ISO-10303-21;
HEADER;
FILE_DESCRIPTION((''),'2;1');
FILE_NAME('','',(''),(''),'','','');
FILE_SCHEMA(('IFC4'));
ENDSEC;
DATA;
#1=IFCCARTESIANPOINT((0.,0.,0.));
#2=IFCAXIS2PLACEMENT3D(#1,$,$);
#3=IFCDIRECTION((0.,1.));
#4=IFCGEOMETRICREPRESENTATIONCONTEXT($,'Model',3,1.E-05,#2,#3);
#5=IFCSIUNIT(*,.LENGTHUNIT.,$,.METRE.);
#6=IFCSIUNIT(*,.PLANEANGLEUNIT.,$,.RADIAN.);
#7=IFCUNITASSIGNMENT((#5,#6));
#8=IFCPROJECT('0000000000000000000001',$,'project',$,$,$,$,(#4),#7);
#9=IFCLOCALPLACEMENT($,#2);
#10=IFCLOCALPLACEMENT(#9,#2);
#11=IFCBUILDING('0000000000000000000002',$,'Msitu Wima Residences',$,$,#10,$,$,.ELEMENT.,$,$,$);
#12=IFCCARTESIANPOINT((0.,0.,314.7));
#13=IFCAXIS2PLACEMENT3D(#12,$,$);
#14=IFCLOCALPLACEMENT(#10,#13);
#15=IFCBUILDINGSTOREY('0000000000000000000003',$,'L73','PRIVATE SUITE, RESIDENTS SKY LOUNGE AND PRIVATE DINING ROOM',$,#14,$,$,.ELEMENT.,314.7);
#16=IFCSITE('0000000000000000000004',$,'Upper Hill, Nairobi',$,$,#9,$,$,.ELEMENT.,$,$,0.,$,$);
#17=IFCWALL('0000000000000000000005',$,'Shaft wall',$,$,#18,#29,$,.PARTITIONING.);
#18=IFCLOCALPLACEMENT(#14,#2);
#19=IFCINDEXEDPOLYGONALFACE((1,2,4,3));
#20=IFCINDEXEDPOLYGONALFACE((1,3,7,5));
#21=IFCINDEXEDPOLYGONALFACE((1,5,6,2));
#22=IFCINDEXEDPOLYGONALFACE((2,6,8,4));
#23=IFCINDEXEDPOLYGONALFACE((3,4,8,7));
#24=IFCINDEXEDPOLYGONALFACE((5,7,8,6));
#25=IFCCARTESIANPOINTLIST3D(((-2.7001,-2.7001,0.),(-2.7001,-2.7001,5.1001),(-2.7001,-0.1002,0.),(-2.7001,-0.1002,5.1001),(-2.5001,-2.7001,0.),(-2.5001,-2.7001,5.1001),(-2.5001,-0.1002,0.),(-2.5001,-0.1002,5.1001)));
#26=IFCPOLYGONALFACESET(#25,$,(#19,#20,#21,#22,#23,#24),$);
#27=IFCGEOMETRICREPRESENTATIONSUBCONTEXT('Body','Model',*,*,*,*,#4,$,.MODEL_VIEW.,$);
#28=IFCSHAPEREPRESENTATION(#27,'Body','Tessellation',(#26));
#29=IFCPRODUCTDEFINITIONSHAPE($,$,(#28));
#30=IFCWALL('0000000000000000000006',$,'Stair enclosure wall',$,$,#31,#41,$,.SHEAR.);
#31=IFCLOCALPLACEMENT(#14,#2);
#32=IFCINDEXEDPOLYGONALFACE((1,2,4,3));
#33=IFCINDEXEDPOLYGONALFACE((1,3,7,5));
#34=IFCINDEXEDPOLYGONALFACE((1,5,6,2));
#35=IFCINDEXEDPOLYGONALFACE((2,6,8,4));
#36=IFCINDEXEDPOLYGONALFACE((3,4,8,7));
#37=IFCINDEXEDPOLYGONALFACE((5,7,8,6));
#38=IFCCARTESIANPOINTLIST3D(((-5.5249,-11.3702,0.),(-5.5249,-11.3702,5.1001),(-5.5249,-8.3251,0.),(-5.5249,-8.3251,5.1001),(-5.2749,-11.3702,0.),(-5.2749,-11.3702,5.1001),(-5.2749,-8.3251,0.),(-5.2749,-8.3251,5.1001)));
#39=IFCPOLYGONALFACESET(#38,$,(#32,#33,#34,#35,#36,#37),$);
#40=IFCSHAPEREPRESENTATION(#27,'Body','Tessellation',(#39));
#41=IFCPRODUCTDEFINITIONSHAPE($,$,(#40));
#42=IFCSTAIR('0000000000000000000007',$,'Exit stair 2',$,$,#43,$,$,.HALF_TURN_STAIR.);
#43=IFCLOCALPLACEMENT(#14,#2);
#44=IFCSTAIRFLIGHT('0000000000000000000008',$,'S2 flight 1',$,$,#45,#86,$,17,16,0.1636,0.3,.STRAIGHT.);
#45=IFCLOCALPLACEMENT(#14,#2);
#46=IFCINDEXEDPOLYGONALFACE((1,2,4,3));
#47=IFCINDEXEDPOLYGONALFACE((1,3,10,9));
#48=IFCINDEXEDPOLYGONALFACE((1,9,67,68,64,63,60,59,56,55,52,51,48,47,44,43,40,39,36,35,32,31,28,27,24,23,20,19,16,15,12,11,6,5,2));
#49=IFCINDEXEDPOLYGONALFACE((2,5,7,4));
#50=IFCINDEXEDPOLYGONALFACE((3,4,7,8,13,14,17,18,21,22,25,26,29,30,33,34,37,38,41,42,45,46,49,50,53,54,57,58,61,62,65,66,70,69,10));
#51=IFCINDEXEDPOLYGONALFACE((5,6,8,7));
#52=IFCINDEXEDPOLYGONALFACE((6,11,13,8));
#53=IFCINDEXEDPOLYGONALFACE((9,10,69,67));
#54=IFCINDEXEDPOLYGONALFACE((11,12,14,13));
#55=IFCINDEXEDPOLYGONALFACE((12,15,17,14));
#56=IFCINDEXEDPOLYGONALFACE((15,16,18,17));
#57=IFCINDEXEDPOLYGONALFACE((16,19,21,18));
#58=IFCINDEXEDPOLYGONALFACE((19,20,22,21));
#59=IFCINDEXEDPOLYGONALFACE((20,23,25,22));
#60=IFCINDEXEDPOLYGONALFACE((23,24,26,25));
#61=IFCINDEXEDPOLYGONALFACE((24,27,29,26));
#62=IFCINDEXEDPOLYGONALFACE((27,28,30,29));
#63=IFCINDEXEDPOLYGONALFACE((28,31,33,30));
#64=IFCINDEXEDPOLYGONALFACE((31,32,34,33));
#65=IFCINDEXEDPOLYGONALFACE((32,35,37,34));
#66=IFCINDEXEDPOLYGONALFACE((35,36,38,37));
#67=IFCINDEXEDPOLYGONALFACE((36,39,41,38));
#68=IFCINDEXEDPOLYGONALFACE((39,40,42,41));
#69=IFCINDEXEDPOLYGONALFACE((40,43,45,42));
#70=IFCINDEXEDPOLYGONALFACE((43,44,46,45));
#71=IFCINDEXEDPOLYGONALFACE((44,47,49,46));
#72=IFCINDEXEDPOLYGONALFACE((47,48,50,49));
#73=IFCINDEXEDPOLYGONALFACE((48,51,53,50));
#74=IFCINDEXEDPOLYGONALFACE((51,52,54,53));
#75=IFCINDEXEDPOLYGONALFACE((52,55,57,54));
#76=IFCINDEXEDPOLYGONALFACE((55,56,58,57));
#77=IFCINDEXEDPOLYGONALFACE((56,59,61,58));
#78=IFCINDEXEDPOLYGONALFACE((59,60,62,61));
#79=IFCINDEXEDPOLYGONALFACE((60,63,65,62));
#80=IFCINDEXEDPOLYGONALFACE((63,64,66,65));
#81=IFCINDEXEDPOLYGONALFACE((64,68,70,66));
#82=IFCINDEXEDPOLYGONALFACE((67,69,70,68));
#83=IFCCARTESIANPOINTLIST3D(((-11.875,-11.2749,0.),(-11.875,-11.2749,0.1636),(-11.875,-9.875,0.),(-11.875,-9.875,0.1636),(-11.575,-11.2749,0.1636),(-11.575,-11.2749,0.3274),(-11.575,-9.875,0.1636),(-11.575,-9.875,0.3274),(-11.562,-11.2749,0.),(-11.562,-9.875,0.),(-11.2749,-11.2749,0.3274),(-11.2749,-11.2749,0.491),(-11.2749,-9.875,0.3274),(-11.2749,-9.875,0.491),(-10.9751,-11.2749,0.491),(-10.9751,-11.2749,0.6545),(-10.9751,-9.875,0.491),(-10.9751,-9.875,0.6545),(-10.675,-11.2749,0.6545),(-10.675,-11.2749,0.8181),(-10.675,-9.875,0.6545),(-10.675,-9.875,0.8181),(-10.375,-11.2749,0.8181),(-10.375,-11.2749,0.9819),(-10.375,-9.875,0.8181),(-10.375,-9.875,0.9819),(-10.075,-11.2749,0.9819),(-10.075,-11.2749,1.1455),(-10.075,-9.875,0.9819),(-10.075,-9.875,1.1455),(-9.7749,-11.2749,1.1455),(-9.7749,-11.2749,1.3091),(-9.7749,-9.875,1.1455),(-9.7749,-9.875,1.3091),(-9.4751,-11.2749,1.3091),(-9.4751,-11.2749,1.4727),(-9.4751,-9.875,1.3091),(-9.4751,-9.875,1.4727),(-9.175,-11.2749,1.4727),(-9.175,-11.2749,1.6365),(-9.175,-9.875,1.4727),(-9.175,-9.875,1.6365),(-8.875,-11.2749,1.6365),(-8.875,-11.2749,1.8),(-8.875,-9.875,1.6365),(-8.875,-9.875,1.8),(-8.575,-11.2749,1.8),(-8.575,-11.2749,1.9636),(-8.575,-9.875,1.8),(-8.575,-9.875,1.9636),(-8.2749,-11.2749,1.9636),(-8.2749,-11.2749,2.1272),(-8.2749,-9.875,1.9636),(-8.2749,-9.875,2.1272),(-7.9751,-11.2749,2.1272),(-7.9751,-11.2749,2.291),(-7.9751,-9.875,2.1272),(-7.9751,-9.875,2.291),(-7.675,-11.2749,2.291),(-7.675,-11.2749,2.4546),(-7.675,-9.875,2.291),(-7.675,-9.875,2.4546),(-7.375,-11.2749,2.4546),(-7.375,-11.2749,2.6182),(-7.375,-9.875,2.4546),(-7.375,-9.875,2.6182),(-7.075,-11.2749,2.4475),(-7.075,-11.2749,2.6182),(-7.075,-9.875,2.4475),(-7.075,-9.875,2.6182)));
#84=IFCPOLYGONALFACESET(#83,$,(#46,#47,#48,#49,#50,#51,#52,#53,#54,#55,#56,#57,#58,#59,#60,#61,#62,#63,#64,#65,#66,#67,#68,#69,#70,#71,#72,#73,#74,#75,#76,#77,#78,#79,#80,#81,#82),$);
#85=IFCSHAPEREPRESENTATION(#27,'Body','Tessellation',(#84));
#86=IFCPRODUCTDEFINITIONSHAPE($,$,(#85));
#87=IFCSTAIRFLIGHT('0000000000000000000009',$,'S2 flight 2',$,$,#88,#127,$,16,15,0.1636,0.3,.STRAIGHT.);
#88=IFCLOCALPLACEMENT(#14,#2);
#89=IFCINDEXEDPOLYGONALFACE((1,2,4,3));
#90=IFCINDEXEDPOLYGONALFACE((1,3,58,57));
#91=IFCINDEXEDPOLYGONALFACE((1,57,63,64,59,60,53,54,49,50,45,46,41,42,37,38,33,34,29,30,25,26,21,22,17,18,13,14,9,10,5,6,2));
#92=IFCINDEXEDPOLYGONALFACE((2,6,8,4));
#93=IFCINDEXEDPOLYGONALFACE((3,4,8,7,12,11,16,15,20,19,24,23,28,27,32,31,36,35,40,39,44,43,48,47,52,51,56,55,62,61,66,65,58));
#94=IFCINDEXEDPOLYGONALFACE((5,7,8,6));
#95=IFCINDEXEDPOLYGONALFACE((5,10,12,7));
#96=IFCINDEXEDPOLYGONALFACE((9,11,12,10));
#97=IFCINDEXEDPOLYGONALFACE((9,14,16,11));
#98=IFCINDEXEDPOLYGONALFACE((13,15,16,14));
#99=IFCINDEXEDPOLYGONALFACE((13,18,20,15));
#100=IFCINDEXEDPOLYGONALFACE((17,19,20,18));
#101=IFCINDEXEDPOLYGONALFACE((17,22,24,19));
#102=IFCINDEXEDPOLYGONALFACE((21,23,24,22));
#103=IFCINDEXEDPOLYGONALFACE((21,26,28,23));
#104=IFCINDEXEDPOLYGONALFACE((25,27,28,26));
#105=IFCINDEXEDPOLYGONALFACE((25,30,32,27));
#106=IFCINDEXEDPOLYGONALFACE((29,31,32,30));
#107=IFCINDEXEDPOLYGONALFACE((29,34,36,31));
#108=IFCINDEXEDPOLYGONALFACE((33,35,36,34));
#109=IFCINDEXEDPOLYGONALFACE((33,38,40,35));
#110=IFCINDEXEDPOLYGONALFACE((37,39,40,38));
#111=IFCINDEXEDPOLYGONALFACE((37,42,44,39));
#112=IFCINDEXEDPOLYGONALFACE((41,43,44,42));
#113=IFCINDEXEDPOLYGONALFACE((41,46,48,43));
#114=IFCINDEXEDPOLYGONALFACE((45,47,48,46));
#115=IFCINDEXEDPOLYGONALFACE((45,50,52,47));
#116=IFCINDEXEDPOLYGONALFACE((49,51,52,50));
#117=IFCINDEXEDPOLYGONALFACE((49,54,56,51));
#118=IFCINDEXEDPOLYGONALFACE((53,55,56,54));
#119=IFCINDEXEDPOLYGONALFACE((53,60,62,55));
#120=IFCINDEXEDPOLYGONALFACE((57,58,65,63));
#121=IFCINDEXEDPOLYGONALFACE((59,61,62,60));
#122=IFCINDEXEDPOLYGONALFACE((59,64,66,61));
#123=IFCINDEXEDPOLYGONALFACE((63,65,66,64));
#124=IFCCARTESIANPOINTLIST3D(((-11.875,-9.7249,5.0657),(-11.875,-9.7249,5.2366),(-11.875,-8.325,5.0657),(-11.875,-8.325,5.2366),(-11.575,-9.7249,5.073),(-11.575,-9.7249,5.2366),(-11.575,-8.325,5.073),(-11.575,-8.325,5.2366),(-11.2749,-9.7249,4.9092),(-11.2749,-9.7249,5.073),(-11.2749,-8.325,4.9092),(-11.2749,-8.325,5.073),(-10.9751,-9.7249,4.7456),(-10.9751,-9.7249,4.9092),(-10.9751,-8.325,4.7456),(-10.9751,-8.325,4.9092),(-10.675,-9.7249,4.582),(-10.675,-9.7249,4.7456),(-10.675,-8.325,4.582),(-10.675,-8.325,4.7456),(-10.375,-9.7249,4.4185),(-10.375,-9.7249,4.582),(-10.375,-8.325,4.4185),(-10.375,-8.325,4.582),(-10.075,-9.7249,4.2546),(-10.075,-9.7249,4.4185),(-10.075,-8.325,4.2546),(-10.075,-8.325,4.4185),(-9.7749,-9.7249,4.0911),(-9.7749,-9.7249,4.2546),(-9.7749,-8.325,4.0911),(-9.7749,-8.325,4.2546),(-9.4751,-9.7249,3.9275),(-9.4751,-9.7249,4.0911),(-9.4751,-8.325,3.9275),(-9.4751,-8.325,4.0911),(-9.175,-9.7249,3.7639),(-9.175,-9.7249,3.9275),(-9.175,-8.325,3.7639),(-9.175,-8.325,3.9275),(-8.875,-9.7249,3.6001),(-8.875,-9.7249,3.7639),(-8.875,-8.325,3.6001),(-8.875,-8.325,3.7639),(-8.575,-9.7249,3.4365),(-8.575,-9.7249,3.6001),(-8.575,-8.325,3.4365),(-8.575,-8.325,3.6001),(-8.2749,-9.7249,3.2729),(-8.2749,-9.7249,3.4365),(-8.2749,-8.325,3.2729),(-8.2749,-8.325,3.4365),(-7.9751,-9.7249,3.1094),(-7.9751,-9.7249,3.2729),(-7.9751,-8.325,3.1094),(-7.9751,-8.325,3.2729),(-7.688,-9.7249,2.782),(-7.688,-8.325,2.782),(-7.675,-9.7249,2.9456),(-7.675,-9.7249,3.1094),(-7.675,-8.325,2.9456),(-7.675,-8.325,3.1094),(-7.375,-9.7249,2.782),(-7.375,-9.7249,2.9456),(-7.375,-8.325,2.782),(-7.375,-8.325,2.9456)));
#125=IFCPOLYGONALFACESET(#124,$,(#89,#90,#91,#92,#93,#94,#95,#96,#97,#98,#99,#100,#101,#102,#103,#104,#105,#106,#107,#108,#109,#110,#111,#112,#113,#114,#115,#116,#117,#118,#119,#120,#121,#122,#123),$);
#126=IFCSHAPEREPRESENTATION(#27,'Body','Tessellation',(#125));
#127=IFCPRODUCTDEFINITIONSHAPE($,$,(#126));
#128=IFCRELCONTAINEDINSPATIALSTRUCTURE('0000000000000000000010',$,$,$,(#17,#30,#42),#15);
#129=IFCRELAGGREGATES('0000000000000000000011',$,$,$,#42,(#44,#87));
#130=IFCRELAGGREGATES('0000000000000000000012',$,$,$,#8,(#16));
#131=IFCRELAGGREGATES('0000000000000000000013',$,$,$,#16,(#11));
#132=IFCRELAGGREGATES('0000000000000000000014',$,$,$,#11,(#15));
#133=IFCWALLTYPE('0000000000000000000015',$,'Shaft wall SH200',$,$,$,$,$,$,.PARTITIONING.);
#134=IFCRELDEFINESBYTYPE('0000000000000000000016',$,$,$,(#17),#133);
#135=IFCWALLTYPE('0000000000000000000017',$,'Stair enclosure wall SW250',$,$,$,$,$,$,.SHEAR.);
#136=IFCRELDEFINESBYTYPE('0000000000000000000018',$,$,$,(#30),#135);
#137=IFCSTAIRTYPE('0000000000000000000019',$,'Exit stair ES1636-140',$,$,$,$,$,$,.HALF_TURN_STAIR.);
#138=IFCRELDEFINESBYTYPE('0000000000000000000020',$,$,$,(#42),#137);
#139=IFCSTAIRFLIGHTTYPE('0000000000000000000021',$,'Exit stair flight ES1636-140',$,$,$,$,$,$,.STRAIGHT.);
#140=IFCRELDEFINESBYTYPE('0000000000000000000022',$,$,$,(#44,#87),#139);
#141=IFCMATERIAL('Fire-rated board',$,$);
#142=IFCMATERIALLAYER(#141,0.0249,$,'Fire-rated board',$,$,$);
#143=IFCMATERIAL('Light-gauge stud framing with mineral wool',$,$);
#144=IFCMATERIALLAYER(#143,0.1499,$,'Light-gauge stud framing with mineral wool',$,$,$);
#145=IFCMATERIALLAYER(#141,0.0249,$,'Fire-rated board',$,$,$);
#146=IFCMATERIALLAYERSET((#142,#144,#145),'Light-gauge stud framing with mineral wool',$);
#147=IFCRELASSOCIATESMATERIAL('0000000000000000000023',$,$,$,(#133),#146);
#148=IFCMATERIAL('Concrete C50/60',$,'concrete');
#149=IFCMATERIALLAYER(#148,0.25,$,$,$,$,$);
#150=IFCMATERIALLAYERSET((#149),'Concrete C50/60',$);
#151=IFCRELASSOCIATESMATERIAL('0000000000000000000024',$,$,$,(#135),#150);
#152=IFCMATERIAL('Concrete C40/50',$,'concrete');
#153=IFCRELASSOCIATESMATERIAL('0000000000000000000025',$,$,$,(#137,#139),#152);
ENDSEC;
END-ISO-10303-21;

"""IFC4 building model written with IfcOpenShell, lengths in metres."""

from ifc_helpers import new_model, si_unit, direction, frame, frame_2d, origin, place, context, subcontext, project, spatial, polyline, rectangle, outline, extrude, material, layer, layer_set, type_object, element, aggregate, save


model = new_model("IFC4")

# Units and contexts
model_context = context("Model", 3, precision=1e-05, world=origin(), true_north=direction((0.0, 1.0)))
body_context = subcontext(model_context, "Body", "Model", "MODEL_VIEW")
ifc_project = project(units=[si_unit("LENGTHUNIT", "METRE"), si_unit("PLANEANGLEUNIT", "RADIAN")], contexts=[model_context])

# Site, building, storey
site_placement = place(None, origin())
site = spatial("IfcSite", under=ifc_project, at=site_placement, Name="Upper Hill, Nairobi", CompositionType="ELEMENT", RefElevation=0.0)
building_placement = place(site_placement, origin())
building = spatial("IfcBuilding", under=site, at=building_placement, Name="Msitu Wima Residences", CompositionType="ELEMENT")
storey_placement = place(building_placement, frame((0.0, 0.0, 314.7)))
storey = spatial("IfcBuildingStorey", under=building, at=storey_placement, Name="L73", Description="PRIVATE SUITE, RESIDENTS SKY LOUNGE AND PRIVATE DINING ROOM", CompositionType="ELEMENT", Elevation=314.7)

# Shared definitions
ifc_material_1 = material(Name="Concrete C40/50", Category="concrete")

# Shared definitions
ifc_material_2 = material(Name="Fire-rated board")
ifc_layer_1 = layer(ifc_material_2, 0.0249, Name="Fire-rated board")
ifc_material_3 = material(Name="Light-gauge stud framing with mineral wool")
ifc_layer_2 = layer(ifc_material_3, 0.1499, Name="Light-gauge stud framing with mineral wool")
ifc_layer_3 = layer(ifc_material_2, 0.0249, Name="Fire-rated board")
ifc_layer_set_1 = layer_set([ifc_layer_1, ifc_layer_2, ifc_layer_3], Name="Light-gauge stud framing with mineral wool")
wall_type_1 = type_object("IfcWallType", Name="Shaft wall SH200", PredefinedType="PARTITIONING", material=ifc_layer_set_1)

# Walls
for number, where, z_axis, x_axis, name in (
    (1, (-2.6001, -2.7, 0.0), (0.0, 0.0, 1.0), (0.0, 1.0, 0.0), "Shaft wall"),
):
    element("IfcWall", number, at=place(storey_placement, frame(where, z_axis=z_axis, x_axis=x_axis)), inside=storey, type_object=wall_type_1, Name=name, PredefinedType="PARTITIONING", context=body_context, shape_type="SweptSolid", body=[
        extrude(rectangle(XDim=2.5999, YDim=0.2, at=frame_2d((1.2998, 0.0))), origin(), (0.0, 0.0, 1.0), 5.1001),
    ])
ifc_material_4 = material(Name="Concrete C50/60", Category="concrete")
ifc_layer_4 = layer(ifc_material_4, 0.25)
ifc_layer_set_2 = layer_set([ifc_layer_4], Name="Concrete C50/60")
wall_type_2 = type_object("IfcWallType", Name="Stair enclosure wall SW250", PredefinedType="SHEAR", material=ifc_layer_set_2)
wall_1_placement = place(storey_placement, frame((-5.3999, -11.3701, 0.0), z_axis=(0.0, 0.0, 1.0), x_axis=(0.0, 1.0, 0.0)))
element("IfcWall", 2, at=wall_1_placement, inside=storey, type_object=wall_type_2, Name="Stair enclosure wall", PredefinedType="SHEAR", context=body_context, shape_type="SweptSolid", body=[
    extrude(rectangle(XDim=3.0452, YDim=0.25, at=frame_2d((1.5225, 0.0))), origin(), (0.0, 0.0, 1.0), 5.1001),
])

# Stair, stair flights
stair_type = type_object("IfcStairType", Name="Exit stair ES1636-140", PredefinedType="HALF_TURN_STAIR", material=ifc_material_1)
stair_placement = place(storey_placement, origin())
stair = element("IfcStair", 3, at=stair_placement, inside=storey, type_object=stair_type, Name="Exit stair 2", PredefinedType="HALF_TURN_STAIR")
stair_flight_type = type_object("IfcStairFlightType", Name="Exit stair flight ES1636-140", PredefinedType="STRAIGHT", material=ifc_material_1)
stair_flight_1_placement = place(storey_placement, frame((-11.875, -10.575, 0.0), z_axis=(0.0, 0.0, 1.0), x_axis=(1.0, 0.0, 0.0)))
stair_flight_1 = element("IfcStairFlight", 4, at=stair_flight_1_placement, type_object=stair_flight_type, Name="S2 flight 1", NumberOfRisers=17, NumberOfTreads=16, PredefinedType="STRAIGHT", RiserHeight=0.1636, TreadLength=0.3, context=body_context, shape_type="SweptSolid", body=[
    extrude(outline(polyline([(0.0, 0.0), (0.0, 0.1636), (0.3, 0.1636), (0.3, 0.3274), (0.6001, 0.3274), (0.6001, 0.491), (0.8999, 0.491), (0.8999, 0.6545), (1.2, 0.6545), (1.2, 0.8181), (1.5, 0.8181), (1.5, 0.9819), (1.8, 0.9819), (1.8, 1.1455), (2.1001, 1.1455), (2.1001, 1.3091), (2.3999, 1.3091), (2.3999, 1.4727), (2.7, 1.4727), (2.7, 1.6365), (3.0, 1.6365), (3.0, 1.8), (3.3, 1.8), (3.3, 1.9636), (3.6001, 1.9636), (3.6001, 2.1272), (3.8999, 2.1272), (3.8999, 2.291), (4.2, 2.291), (4.2, 2.4546), (4.5, 2.4546), (4.5, 2.6182), (4.8, 2.6182), (4.8, 2.7817), (4.8, 2.4475), (0.313, 0.0), (0.0, 0.0)])), frame((0.0, 0.7, 0.0), z_axis=(0.0, -1.0, 0.0), x_axis=(1.0, 0.0, 0.0)), (0.0, 0.0, 1.0), 1.3999),
])
stair_flight_2_placement = place(storey_placement, frame((-7.375, -9.0249, 2.782), z_axis=(0.0, 0.0, 1.0), x_axis=(-1.0, 0.0, 0.0)))
stair_flight_2 = element("IfcStairFlight", 5, at=stair_flight_2_placement, type_object=stair_flight_type, Name="S2 flight 2", NumberOfRisers=16, NumberOfTreads=15, PredefinedType="STRAIGHT", RiserHeight=0.1636, TreadLength=0.3, context=body_context, shape_type="SweptSolid", body=[
    extrude(outline(polyline([(0.0, 0.0), (0.0, 0.1636), (0.3, 0.1636), (0.3, 0.3274), (0.6001, 0.3274), (0.6001, 0.491), (0.8999, 0.491), (0.8999, 0.6545), (1.2, 0.6545), (1.2, 0.8181), (1.5, 0.8181), (1.5, 0.9819), (1.8, 0.9819), (1.8, 1.1455), (2.1001, 1.1455), (2.1001, 1.3091), (2.3999, 1.3091), (2.3999, 1.4727), (2.7, 1.4727), (2.7, 1.6365), (3.0, 1.6365), (3.0, 1.8), (3.3, 1.8), (3.3, 1.9636), (3.6001, 1.9636), (3.6001, 2.1272), (3.8999, 2.1272), (3.8999, 2.291), (4.2, 2.291), (4.2, 2.4546), (4.5, 2.4546), (4.5, 2.6182), (4.5, 2.2837), (0.313, 0.0), (0.0, 0.0)])), frame((0.0, 0.7, 0.0), z_axis=(0.0, -1.0, 0.0), x_axis=(1.0, 0.0, 0.0)), (0.0, 0.0, 1.0), 1.3999),
])
aggregate(stair, [stair_flight_1, stair_flight_2])

save(model, "model.ifc")
